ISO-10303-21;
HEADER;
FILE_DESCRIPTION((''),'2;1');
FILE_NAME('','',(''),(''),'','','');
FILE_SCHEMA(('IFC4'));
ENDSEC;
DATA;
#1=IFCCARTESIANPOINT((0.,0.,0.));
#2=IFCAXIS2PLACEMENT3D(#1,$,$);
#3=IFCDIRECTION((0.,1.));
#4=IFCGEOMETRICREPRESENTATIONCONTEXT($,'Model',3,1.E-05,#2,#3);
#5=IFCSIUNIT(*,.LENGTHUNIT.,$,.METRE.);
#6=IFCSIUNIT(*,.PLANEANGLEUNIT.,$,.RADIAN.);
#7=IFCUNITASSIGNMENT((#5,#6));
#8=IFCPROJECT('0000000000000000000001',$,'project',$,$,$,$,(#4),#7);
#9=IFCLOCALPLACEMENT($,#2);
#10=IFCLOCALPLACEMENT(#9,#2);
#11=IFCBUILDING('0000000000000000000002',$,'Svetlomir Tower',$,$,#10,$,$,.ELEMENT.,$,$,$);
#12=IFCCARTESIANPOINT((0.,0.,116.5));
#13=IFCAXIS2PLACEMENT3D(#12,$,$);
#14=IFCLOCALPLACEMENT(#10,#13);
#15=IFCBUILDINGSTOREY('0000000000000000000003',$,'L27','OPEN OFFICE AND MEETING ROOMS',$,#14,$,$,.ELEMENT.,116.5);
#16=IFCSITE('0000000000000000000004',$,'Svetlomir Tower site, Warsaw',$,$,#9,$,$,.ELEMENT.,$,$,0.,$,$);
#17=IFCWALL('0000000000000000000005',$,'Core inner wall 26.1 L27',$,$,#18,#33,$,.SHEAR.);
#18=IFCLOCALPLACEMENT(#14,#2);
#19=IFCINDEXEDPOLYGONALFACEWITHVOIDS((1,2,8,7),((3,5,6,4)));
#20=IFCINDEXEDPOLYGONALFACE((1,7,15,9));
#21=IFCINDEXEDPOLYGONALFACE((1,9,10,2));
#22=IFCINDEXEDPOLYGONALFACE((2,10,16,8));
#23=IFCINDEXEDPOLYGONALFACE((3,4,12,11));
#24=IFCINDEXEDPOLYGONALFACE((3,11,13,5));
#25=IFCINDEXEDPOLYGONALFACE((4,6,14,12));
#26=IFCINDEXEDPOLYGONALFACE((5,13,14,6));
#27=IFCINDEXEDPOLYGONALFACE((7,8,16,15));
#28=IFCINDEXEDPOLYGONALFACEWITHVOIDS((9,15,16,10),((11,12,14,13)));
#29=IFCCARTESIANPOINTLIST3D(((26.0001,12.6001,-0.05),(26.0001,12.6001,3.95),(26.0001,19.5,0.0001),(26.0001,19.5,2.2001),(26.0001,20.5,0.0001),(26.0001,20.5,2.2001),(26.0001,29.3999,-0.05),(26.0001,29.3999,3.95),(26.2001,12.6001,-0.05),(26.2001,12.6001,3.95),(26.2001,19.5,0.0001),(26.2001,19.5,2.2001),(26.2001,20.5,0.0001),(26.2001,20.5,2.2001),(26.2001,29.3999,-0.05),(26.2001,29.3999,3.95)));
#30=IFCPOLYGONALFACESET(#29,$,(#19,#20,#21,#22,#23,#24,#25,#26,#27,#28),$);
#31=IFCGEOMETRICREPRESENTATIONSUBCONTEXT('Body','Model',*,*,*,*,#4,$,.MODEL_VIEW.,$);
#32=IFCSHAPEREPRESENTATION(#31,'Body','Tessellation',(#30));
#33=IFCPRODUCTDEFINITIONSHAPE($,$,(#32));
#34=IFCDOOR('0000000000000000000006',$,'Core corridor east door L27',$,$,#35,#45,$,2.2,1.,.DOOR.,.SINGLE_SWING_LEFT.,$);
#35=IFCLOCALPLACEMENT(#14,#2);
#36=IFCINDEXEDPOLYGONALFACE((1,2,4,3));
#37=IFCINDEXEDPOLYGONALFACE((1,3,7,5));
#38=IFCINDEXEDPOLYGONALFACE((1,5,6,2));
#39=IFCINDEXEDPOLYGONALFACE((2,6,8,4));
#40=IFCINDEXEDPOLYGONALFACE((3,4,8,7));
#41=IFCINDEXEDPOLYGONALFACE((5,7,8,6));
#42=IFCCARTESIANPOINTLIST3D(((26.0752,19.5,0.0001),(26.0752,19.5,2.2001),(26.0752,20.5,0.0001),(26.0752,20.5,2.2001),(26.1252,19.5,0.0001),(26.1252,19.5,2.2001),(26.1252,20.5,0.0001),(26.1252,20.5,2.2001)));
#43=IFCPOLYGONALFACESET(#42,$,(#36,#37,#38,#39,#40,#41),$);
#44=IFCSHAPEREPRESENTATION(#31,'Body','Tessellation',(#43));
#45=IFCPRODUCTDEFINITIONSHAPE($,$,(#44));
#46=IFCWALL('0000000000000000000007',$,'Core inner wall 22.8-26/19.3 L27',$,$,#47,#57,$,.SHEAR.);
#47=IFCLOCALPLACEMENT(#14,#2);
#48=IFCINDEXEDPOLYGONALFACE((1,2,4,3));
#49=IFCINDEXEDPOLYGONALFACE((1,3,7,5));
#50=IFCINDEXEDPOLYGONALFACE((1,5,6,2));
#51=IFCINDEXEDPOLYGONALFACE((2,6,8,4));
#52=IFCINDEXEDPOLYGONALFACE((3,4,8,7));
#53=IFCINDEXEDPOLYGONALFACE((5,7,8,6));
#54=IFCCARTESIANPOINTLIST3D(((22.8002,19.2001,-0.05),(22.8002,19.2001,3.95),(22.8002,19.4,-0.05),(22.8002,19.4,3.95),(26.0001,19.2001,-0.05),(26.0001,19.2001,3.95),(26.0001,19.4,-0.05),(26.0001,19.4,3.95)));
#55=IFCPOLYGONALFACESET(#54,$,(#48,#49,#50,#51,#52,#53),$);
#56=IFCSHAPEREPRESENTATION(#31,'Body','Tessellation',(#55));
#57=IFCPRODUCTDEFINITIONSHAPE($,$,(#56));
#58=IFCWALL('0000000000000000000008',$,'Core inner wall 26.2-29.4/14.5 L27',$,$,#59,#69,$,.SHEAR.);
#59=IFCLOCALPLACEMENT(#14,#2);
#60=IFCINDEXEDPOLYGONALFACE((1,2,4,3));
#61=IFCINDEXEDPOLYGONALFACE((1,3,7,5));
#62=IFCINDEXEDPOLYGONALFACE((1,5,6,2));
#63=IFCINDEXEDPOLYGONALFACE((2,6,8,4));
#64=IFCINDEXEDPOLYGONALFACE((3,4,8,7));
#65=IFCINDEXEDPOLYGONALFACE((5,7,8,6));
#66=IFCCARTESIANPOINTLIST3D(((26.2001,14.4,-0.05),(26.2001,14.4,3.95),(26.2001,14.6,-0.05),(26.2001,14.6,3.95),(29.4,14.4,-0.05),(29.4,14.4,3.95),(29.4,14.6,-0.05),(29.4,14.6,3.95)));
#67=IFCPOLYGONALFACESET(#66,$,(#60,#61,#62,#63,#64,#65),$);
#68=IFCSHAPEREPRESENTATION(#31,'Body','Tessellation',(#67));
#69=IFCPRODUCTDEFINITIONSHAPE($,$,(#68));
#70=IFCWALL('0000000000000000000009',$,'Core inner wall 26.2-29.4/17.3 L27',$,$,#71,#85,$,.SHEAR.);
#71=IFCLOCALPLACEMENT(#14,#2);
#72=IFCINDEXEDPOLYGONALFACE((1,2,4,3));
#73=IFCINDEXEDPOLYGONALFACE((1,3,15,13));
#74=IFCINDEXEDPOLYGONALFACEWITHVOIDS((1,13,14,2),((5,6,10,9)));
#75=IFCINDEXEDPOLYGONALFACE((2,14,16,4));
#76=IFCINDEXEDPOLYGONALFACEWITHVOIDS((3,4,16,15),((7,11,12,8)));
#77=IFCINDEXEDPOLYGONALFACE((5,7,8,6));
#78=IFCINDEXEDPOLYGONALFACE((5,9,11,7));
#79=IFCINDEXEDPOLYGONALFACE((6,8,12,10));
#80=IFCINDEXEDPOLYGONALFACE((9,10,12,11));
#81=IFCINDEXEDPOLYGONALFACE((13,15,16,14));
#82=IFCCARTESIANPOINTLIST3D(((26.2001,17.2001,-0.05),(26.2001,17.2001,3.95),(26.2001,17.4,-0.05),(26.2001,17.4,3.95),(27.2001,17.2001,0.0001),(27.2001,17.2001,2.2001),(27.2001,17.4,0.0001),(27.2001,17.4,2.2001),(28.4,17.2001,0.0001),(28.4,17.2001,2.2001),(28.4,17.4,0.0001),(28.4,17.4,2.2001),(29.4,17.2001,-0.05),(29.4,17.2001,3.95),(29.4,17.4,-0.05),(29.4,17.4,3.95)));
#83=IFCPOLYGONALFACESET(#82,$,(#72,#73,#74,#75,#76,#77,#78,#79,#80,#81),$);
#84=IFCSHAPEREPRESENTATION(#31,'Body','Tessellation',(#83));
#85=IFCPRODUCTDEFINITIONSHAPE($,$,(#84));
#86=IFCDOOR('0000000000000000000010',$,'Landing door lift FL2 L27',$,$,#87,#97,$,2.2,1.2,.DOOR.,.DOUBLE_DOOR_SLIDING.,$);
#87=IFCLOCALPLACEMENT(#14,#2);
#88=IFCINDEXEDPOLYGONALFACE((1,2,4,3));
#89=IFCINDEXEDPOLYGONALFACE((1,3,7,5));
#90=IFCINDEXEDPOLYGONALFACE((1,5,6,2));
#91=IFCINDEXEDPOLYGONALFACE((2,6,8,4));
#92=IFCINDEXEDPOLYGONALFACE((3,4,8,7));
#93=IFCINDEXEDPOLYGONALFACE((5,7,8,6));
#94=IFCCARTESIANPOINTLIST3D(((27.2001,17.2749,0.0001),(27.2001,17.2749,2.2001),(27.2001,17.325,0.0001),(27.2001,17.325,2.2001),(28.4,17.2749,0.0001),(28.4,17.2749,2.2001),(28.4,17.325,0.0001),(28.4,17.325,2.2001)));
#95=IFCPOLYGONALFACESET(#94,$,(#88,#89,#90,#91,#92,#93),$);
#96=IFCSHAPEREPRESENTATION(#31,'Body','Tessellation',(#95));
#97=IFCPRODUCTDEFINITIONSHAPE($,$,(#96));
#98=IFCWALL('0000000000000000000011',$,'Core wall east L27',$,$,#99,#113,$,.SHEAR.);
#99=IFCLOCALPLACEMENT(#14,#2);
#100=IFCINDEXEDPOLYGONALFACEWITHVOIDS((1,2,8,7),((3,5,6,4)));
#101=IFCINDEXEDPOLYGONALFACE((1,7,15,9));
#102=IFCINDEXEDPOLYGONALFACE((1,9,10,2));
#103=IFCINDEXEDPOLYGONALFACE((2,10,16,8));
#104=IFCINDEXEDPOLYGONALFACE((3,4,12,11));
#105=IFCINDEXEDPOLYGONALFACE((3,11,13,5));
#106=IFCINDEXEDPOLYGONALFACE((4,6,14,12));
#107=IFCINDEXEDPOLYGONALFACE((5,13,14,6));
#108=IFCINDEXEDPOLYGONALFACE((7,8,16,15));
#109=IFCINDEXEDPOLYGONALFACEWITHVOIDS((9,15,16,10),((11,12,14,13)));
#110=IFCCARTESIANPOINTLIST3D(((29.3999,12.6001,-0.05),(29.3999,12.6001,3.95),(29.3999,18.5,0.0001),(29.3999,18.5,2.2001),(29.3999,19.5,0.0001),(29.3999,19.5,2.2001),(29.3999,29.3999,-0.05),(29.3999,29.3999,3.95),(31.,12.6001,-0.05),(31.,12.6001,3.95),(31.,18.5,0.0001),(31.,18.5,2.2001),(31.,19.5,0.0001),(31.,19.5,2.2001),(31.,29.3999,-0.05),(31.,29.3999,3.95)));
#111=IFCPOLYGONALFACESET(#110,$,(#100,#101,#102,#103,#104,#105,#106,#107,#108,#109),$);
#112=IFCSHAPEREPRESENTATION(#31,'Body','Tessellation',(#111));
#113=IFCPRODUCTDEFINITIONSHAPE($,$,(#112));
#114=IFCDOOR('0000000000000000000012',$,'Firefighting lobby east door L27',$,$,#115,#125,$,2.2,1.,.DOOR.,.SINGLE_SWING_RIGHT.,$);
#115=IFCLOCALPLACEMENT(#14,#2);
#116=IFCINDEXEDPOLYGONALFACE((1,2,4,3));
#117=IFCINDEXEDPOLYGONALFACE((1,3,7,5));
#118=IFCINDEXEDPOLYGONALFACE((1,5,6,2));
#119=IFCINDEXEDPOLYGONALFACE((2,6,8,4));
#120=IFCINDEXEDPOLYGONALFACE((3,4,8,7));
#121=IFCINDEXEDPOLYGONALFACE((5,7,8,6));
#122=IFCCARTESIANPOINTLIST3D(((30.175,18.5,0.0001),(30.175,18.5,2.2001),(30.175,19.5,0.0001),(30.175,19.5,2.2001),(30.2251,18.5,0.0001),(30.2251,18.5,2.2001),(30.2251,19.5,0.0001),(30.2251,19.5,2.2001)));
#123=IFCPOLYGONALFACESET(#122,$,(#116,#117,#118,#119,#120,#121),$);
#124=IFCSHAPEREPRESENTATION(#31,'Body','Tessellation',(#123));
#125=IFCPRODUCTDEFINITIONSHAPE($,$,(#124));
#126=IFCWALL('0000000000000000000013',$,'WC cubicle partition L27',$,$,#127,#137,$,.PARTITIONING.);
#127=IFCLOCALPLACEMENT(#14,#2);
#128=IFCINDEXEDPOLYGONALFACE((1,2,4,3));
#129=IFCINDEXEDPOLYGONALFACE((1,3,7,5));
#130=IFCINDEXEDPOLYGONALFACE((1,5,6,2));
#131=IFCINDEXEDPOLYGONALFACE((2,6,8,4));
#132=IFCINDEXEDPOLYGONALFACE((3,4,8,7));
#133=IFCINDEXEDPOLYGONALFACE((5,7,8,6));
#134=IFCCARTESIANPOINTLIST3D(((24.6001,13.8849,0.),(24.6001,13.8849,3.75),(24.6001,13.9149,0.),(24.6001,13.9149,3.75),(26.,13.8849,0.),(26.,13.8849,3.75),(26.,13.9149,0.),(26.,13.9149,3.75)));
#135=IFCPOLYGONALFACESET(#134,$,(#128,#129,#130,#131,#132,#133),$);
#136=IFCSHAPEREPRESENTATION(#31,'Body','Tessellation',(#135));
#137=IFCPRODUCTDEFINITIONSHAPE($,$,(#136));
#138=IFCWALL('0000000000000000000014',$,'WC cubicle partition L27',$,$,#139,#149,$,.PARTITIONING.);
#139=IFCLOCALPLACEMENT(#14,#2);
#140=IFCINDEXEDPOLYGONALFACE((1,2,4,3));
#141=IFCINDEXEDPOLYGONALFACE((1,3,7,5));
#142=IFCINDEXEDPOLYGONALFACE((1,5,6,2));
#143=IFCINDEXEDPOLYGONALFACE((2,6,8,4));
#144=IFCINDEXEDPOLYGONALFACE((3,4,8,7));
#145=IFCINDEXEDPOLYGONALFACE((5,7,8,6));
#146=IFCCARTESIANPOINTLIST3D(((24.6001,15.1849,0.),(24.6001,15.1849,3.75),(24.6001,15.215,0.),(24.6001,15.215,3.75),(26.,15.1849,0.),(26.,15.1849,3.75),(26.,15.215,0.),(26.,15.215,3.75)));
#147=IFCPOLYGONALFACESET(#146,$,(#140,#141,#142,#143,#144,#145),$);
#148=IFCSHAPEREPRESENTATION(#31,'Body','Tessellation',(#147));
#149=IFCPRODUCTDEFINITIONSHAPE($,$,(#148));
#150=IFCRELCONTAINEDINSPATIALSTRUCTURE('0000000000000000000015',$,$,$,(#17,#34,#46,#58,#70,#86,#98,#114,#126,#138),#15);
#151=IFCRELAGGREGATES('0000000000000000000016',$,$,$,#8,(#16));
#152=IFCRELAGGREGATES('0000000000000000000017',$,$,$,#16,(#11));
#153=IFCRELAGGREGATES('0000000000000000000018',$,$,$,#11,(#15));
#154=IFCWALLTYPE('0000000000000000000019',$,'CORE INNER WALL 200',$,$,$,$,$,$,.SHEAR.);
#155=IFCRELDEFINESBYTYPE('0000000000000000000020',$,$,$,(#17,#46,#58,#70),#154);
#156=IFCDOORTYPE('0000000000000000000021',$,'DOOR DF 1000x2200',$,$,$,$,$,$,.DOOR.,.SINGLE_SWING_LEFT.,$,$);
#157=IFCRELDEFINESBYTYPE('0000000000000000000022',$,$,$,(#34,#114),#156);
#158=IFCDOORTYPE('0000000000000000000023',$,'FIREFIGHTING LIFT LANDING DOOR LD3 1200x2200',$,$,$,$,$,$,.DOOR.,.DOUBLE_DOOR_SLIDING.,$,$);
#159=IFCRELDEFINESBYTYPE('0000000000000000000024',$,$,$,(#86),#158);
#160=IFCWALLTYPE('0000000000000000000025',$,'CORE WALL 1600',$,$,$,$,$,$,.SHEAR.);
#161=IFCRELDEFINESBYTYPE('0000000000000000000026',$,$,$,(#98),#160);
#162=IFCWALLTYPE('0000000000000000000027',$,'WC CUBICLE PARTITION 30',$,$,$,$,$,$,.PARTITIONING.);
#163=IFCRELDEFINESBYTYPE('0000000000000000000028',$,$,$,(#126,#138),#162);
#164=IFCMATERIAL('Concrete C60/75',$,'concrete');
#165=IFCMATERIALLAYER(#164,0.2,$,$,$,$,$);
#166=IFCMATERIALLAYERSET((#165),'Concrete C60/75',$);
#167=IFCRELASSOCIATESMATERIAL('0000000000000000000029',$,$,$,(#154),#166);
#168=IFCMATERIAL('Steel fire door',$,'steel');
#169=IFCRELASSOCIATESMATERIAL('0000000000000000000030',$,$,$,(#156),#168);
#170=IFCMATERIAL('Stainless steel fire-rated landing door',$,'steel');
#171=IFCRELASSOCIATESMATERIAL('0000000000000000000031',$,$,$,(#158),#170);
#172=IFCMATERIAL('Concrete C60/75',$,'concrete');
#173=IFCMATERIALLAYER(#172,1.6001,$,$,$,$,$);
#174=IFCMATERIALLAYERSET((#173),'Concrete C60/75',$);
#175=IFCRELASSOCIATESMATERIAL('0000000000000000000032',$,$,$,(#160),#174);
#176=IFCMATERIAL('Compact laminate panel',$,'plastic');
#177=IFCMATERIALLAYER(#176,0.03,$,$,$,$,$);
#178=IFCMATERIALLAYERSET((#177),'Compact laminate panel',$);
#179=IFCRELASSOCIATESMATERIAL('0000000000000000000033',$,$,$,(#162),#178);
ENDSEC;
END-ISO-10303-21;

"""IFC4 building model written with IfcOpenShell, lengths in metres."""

from ifc_helpers import new_model, si_unit, direction, frame, frame_2d, origin, place, context, subcontext, project, spatial, rectangle, extrude, material, layer, layer_set, type_object, element, fill, save


model = new_model("IFC4")

# Units and contexts
model_context = context("Model", 3, precision=1e-05, world=origin(), true_north=direction((0.0, 1.0)))
body_context = subcontext(model_context, "Body", "Model", "MODEL_VIEW")
ifc_project = project(units=[si_unit("LENGTHUNIT", "METRE"), si_unit("PLANEANGLEUNIT", "RADIAN")], contexts=[model_context])

# Site, building, storey
site_placement = place(None, origin())
site = spatial("IfcSite", under=ifc_project, at=site_placement, Name="Svetlomir Tower site, Warsaw", CompositionType="ELEMENT", RefElevation=0.0)
building_placement = place(site_placement, origin())
building = spatial("IfcBuilding", under=site, at=building_placement, Name="Svetlomir Tower", CompositionType="ELEMENT")
storey_placement = place(building_placement, frame((0.0, 0.0, 116.5)))
storey = spatial("IfcBuildingStorey", under=building, at=storey_placement, Name="L27", Description="OPEN OFFICE AND MEETING ROOMS", CompositionType="ELEMENT", Elevation=116.5)

# Wall, opening, door
ifc_material_1 = material(Name="Concrete C60/75", Category="concrete")
ifc_layer_1 = layer(ifc_material_1, 0.2)
ifc_layer_set_1 = layer_set([ifc_layer_1], Name="Concrete C60/75")
wall_type_1 = type_object("IfcWallType", Name="CORE INNER WALL 200", PredefinedType="SHEAR", material=ifc_layer_set_1)
wall_1_placement = place(storey_placement, frame((26.1001, 12.6001, -0.05), z_axis=(0.0, 0.0, 1.0), x_axis=(0.0, 1.0, 0.0)))
wall_1 = element("IfcWall", 1, at=wall_1_placement, inside=storey, type_object=wall_type_1, Name="Core inner wall 26.1 L27", PredefinedType="SHEAR", context=body_context, shape_type="SweptSolid", body=[
    extrude(rectangle(XDim=16.7998, YDim=0.2, at=frame_2d((8.3999, 0.0))), origin(), (0.0, 0.0, 1.0), 4.0),
])
opening_1_placement = place(wall_1_placement, frame((6.8999, 0.0, 0.05)))
opening_1 = element("IfcOpeningElement", 2, at=opening_1_placement, cuts=wall_1, PredefinedType="OPENING", context=body_context, shape_type="SweptSolid", body=[
    extrude(rectangle(XDim=1.0, YDim=2.2, at=frame_2d((0.5, 1.1001))), frame((0.0, 0.1099, 0.0), z_axis=(0.0, -1.0, 0.0), x_axis=(1.0, 0.0, 0.0)), (0.0, 0.0, 1.0), 0.22),
])
ifc_material_2 = material(Name="Steel fire door", Category="steel")
door_type_1 = type_object("IfcDoorType", Name="DOOR DF 1000x2200", OperationType="SINGLE_SWING_LEFT", PredefinedType="DOOR", material=ifc_material_2)
door_1_placement = place(opening_1_placement, origin())
door_1 = element("IfcDoor", 3, at=door_1_placement, inside=storey, type_object=door_type_1, Name="Core corridor east door L27", OperationType="SINGLE_SWING_LEFT", OverallHeight=2.2, OverallWidth=1.0, PredefinedType="DOOR", context=body_context, shape_type="SweptSolid", body=[
    extrude(rectangle(XDim=1.0, YDim=2.2, at=frame_2d((0.5, 1.1001))), frame((0.0, 0.0249, 0.0), z_axis=(0.0, -1.0, 0.0), x_axis=(1.0, 0.0, 0.0)), (0.0, 0.0, 1.0), 0.05),
])
fill(opening_1, door_1)

# Walls
for number, where, z_axis, x_axis, name in (
    (4, (22.8, 19.3, -0.05), (0.0, 0.0, 1.0), (1.0, 0.0, 0.0), "Core inner wall 22.8-26/19.3 L27"),
    (5, (26.2, 14.5, -0.05), (0.0, 0.0, 1.0), (1.0, 0.0, 0.0), "Core inner wall 26.2-29.4/14.5 L27"),
):
    element("IfcWall", number, at=place(storey_placement, frame(where, z_axis=z_axis, x_axis=x_axis)), inside=storey, type_object=wall_type_1, Name=name, PredefinedType="SHEAR", context=body_context, shape_type="SweptSolid", body=[
        extrude(rectangle(XDim=3.2, YDim=0.2, at=frame_2d((1.6001, 0.0))), origin(), (0.0, 0.0, 1.0), 4.0),
    ])

# Walls, openings, doors
wall_2_placement = place(storey_placement, frame((26.2, 17.3, -0.05), z_axis=(0.0, 0.0, 1.0), x_axis=(1.0, 0.0, 0.0)))
wall_2 = element("IfcWall", 6, at=wall_2_placement, inside=storey, type_object=wall_type_1, Name="Core inner wall 26.2-29.4/17.3 L27", PredefinedType="SHEAR", context=body_context, shape_type="SweptSolid", body=[
    extrude(rectangle(XDim=3.2, YDim=0.2, at=frame_2d((1.6001, 0.0))), origin(), (0.0, 0.0, 1.0), 4.0),
])
opening_2_placement = place(wall_2_placement, frame((1.0, 0.0, 0.05)))
opening_2 = element("IfcOpeningElement", 7, at=opening_2_placement, cuts=wall_2, PredefinedType="OPENING", context=body_context, shape_type="SweptSolid", body=[
    extrude(rectangle(XDim=1.2, YDim=2.2, at=frame_2d((0.6001, 1.1001))), frame((0.0, 0.1099, 0.0), z_axis=(0.0, -1.0, 0.0), x_axis=(1.0, 0.0, 0.0)), (0.0, 0.0, 1.0), 0.22),
])
ifc_material_3 = material(Name="Stainless steel fire-rated landing door", Category="steel")
door_type_2 = type_object("IfcDoorType", Name="FIREFIGHTING LIFT LANDING DOOR LD3 1200x2200", OperationType="DOUBLE_DOOR_SLIDING", PredefinedType="DOOR", material=ifc_material_3)
door_2_placement = place(opening_2_placement, origin())
door_2 = element("IfcDoor", 8, at=door_2_placement, inside=storey, type_object=door_type_2, Name="Landing door lift FL2 L27", OperationType="DOUBLE_DOOR_SLIDING", OverallHeight=2.2, OverallWidth=1.2, PredefinedType="DOOR", context=body_context, shape_type="SweptSolid", body=[
    extrude(rectangle(XDim=1.2, YDim=2.2, at=frame_2d((0.6001, 1.1001))), frame((0.0, 0.0249, 0.0), z_axis=(0.0, -1.0, 0.0), x_axis=(1.0, 0.0, 0.0)), (0.0, 0.0, 1.0), 0.05),
])
fill(opening_2, door_2)
ifc_material_4 = material(Name="Concrete C60/75", Category="concrete")
ifc_layer_2 = layer(ifc_material_4, 1.6001)
ifc_layer_set_2 = layer_set([ifc_layer_2], Name="Concrete C60/75")
wall_type_2 = type_object("IfcWallType", Name="CORE WALL 1600", PredefinedType="SHEAR", material=ifc_layer_set_2)
wall_3_placement = place(storey_placement, frame((30.2, 12.6001, -0.05), z_axis=(0.0, 0.0, 1.0), x_axis=(0.0, 1.0, 0.0)))
wall_3 = element("IfcWall", 9, at=wall_3_placement, inside=storey, type_object=wall_type_2, Name="Core wall east L27", PredefinedType="SHEAR", context=body_context, shape_type="SweptSolid", body=[
    extrude(rectangle(XDim=16.7998, YDim=1.6001, at=frame_2d((8.3999, 0.0))), origin(), (0.0, 0.0, 1.0), 4.0),
])
opening_3_placement = place(wall_3_placement, frame((5.8999, 0.0, 0.05)))
opening_3 = element("IfcOpeningElement", 10, at=opening_3_placement, cuts=wall_3, PredefinedType="OPENING", context=body_context, shape_type="SweptSolid", body=[
    extrude(rectangle(XDim=1.0, YDim=2.2, at=frame_2d((0.5, 1.1001))), frame((0.0, 0.8101, 0.0), z_axis=(0.0, -1.0, 0.0), x_axis=(1.0, 0.0, 0.0)), (0.0, 0.0, 1.0), 1.6201),
])
door_3_placement = place(opening_3_placement, origin())
door_3 = element("IfcDoor", 11, at=door_3_placement, inside=storey, type_object=door_type_1, Name="Firefighting lobby east door L27", OperationType="SINGLE_SWING_RIGHT", OverallHeight=2.2, OverallWidth=1.0, PredefinedType="DOOR", context=body_context, shape_type="SweptSolid", body=[
    extrude(rectangle(XDim=1.0, YDim=2.2, at=frame_2d((0.5, 1.1001))), frame((0.0, 0.0249, 0.0), z_axis=(0.0, -1.0, 0.0), x_axis=(1.0, 0.0, 0.0)), (0.0, 0.0, 1.0), 0.05),
])
fill(opening_3, door_3)

# Walls
ifc_material_5 = material(Name="Compact laminate panel", Category="plastic")
ifc_layer_3 = layer(ifc_material_5, 0.03)
ifc_layer_set_3 = layer_set([ifc_layer_3], Name="Compact laminate panel")
wall_type_3 = type_object("IfcWallType", Name="WC CUBICLE PARTITION 30", PredefinedType="PARTITIONING", material=ifc_layer_set_3)
for number, where, z_axis, x_axis, name in (
    (12, (24.6001, 13.8999, 0.0), (0.0, 0.0, 1.0), (1.0, 0.0, 0.0), "WC cubicle partition L27"),
    (13, (24.6001, 15.2, 0.0), (0.0, 0.0, 1.0), (1.0, 0.0, 0.0), "WC cubicle partition L27"),
):
    element("IfcWall", number, at=place(storey_placement, frame(where, z_axis=z_axis, x_axis=x_axis)), inside=storey, type_object=wall_type_3, Name=name, PredefinedType="PARTITIONING", context=body_context, shape_type="SweptSolid", body=[
        extrude(rectangle(XDim=1.3999, YDim=0.03, at=frame_2d((0.7, 0.0))), origin(), (0.0, 0.0, 1.0), 3.75),
    ])

save(model, "model.ifc")
